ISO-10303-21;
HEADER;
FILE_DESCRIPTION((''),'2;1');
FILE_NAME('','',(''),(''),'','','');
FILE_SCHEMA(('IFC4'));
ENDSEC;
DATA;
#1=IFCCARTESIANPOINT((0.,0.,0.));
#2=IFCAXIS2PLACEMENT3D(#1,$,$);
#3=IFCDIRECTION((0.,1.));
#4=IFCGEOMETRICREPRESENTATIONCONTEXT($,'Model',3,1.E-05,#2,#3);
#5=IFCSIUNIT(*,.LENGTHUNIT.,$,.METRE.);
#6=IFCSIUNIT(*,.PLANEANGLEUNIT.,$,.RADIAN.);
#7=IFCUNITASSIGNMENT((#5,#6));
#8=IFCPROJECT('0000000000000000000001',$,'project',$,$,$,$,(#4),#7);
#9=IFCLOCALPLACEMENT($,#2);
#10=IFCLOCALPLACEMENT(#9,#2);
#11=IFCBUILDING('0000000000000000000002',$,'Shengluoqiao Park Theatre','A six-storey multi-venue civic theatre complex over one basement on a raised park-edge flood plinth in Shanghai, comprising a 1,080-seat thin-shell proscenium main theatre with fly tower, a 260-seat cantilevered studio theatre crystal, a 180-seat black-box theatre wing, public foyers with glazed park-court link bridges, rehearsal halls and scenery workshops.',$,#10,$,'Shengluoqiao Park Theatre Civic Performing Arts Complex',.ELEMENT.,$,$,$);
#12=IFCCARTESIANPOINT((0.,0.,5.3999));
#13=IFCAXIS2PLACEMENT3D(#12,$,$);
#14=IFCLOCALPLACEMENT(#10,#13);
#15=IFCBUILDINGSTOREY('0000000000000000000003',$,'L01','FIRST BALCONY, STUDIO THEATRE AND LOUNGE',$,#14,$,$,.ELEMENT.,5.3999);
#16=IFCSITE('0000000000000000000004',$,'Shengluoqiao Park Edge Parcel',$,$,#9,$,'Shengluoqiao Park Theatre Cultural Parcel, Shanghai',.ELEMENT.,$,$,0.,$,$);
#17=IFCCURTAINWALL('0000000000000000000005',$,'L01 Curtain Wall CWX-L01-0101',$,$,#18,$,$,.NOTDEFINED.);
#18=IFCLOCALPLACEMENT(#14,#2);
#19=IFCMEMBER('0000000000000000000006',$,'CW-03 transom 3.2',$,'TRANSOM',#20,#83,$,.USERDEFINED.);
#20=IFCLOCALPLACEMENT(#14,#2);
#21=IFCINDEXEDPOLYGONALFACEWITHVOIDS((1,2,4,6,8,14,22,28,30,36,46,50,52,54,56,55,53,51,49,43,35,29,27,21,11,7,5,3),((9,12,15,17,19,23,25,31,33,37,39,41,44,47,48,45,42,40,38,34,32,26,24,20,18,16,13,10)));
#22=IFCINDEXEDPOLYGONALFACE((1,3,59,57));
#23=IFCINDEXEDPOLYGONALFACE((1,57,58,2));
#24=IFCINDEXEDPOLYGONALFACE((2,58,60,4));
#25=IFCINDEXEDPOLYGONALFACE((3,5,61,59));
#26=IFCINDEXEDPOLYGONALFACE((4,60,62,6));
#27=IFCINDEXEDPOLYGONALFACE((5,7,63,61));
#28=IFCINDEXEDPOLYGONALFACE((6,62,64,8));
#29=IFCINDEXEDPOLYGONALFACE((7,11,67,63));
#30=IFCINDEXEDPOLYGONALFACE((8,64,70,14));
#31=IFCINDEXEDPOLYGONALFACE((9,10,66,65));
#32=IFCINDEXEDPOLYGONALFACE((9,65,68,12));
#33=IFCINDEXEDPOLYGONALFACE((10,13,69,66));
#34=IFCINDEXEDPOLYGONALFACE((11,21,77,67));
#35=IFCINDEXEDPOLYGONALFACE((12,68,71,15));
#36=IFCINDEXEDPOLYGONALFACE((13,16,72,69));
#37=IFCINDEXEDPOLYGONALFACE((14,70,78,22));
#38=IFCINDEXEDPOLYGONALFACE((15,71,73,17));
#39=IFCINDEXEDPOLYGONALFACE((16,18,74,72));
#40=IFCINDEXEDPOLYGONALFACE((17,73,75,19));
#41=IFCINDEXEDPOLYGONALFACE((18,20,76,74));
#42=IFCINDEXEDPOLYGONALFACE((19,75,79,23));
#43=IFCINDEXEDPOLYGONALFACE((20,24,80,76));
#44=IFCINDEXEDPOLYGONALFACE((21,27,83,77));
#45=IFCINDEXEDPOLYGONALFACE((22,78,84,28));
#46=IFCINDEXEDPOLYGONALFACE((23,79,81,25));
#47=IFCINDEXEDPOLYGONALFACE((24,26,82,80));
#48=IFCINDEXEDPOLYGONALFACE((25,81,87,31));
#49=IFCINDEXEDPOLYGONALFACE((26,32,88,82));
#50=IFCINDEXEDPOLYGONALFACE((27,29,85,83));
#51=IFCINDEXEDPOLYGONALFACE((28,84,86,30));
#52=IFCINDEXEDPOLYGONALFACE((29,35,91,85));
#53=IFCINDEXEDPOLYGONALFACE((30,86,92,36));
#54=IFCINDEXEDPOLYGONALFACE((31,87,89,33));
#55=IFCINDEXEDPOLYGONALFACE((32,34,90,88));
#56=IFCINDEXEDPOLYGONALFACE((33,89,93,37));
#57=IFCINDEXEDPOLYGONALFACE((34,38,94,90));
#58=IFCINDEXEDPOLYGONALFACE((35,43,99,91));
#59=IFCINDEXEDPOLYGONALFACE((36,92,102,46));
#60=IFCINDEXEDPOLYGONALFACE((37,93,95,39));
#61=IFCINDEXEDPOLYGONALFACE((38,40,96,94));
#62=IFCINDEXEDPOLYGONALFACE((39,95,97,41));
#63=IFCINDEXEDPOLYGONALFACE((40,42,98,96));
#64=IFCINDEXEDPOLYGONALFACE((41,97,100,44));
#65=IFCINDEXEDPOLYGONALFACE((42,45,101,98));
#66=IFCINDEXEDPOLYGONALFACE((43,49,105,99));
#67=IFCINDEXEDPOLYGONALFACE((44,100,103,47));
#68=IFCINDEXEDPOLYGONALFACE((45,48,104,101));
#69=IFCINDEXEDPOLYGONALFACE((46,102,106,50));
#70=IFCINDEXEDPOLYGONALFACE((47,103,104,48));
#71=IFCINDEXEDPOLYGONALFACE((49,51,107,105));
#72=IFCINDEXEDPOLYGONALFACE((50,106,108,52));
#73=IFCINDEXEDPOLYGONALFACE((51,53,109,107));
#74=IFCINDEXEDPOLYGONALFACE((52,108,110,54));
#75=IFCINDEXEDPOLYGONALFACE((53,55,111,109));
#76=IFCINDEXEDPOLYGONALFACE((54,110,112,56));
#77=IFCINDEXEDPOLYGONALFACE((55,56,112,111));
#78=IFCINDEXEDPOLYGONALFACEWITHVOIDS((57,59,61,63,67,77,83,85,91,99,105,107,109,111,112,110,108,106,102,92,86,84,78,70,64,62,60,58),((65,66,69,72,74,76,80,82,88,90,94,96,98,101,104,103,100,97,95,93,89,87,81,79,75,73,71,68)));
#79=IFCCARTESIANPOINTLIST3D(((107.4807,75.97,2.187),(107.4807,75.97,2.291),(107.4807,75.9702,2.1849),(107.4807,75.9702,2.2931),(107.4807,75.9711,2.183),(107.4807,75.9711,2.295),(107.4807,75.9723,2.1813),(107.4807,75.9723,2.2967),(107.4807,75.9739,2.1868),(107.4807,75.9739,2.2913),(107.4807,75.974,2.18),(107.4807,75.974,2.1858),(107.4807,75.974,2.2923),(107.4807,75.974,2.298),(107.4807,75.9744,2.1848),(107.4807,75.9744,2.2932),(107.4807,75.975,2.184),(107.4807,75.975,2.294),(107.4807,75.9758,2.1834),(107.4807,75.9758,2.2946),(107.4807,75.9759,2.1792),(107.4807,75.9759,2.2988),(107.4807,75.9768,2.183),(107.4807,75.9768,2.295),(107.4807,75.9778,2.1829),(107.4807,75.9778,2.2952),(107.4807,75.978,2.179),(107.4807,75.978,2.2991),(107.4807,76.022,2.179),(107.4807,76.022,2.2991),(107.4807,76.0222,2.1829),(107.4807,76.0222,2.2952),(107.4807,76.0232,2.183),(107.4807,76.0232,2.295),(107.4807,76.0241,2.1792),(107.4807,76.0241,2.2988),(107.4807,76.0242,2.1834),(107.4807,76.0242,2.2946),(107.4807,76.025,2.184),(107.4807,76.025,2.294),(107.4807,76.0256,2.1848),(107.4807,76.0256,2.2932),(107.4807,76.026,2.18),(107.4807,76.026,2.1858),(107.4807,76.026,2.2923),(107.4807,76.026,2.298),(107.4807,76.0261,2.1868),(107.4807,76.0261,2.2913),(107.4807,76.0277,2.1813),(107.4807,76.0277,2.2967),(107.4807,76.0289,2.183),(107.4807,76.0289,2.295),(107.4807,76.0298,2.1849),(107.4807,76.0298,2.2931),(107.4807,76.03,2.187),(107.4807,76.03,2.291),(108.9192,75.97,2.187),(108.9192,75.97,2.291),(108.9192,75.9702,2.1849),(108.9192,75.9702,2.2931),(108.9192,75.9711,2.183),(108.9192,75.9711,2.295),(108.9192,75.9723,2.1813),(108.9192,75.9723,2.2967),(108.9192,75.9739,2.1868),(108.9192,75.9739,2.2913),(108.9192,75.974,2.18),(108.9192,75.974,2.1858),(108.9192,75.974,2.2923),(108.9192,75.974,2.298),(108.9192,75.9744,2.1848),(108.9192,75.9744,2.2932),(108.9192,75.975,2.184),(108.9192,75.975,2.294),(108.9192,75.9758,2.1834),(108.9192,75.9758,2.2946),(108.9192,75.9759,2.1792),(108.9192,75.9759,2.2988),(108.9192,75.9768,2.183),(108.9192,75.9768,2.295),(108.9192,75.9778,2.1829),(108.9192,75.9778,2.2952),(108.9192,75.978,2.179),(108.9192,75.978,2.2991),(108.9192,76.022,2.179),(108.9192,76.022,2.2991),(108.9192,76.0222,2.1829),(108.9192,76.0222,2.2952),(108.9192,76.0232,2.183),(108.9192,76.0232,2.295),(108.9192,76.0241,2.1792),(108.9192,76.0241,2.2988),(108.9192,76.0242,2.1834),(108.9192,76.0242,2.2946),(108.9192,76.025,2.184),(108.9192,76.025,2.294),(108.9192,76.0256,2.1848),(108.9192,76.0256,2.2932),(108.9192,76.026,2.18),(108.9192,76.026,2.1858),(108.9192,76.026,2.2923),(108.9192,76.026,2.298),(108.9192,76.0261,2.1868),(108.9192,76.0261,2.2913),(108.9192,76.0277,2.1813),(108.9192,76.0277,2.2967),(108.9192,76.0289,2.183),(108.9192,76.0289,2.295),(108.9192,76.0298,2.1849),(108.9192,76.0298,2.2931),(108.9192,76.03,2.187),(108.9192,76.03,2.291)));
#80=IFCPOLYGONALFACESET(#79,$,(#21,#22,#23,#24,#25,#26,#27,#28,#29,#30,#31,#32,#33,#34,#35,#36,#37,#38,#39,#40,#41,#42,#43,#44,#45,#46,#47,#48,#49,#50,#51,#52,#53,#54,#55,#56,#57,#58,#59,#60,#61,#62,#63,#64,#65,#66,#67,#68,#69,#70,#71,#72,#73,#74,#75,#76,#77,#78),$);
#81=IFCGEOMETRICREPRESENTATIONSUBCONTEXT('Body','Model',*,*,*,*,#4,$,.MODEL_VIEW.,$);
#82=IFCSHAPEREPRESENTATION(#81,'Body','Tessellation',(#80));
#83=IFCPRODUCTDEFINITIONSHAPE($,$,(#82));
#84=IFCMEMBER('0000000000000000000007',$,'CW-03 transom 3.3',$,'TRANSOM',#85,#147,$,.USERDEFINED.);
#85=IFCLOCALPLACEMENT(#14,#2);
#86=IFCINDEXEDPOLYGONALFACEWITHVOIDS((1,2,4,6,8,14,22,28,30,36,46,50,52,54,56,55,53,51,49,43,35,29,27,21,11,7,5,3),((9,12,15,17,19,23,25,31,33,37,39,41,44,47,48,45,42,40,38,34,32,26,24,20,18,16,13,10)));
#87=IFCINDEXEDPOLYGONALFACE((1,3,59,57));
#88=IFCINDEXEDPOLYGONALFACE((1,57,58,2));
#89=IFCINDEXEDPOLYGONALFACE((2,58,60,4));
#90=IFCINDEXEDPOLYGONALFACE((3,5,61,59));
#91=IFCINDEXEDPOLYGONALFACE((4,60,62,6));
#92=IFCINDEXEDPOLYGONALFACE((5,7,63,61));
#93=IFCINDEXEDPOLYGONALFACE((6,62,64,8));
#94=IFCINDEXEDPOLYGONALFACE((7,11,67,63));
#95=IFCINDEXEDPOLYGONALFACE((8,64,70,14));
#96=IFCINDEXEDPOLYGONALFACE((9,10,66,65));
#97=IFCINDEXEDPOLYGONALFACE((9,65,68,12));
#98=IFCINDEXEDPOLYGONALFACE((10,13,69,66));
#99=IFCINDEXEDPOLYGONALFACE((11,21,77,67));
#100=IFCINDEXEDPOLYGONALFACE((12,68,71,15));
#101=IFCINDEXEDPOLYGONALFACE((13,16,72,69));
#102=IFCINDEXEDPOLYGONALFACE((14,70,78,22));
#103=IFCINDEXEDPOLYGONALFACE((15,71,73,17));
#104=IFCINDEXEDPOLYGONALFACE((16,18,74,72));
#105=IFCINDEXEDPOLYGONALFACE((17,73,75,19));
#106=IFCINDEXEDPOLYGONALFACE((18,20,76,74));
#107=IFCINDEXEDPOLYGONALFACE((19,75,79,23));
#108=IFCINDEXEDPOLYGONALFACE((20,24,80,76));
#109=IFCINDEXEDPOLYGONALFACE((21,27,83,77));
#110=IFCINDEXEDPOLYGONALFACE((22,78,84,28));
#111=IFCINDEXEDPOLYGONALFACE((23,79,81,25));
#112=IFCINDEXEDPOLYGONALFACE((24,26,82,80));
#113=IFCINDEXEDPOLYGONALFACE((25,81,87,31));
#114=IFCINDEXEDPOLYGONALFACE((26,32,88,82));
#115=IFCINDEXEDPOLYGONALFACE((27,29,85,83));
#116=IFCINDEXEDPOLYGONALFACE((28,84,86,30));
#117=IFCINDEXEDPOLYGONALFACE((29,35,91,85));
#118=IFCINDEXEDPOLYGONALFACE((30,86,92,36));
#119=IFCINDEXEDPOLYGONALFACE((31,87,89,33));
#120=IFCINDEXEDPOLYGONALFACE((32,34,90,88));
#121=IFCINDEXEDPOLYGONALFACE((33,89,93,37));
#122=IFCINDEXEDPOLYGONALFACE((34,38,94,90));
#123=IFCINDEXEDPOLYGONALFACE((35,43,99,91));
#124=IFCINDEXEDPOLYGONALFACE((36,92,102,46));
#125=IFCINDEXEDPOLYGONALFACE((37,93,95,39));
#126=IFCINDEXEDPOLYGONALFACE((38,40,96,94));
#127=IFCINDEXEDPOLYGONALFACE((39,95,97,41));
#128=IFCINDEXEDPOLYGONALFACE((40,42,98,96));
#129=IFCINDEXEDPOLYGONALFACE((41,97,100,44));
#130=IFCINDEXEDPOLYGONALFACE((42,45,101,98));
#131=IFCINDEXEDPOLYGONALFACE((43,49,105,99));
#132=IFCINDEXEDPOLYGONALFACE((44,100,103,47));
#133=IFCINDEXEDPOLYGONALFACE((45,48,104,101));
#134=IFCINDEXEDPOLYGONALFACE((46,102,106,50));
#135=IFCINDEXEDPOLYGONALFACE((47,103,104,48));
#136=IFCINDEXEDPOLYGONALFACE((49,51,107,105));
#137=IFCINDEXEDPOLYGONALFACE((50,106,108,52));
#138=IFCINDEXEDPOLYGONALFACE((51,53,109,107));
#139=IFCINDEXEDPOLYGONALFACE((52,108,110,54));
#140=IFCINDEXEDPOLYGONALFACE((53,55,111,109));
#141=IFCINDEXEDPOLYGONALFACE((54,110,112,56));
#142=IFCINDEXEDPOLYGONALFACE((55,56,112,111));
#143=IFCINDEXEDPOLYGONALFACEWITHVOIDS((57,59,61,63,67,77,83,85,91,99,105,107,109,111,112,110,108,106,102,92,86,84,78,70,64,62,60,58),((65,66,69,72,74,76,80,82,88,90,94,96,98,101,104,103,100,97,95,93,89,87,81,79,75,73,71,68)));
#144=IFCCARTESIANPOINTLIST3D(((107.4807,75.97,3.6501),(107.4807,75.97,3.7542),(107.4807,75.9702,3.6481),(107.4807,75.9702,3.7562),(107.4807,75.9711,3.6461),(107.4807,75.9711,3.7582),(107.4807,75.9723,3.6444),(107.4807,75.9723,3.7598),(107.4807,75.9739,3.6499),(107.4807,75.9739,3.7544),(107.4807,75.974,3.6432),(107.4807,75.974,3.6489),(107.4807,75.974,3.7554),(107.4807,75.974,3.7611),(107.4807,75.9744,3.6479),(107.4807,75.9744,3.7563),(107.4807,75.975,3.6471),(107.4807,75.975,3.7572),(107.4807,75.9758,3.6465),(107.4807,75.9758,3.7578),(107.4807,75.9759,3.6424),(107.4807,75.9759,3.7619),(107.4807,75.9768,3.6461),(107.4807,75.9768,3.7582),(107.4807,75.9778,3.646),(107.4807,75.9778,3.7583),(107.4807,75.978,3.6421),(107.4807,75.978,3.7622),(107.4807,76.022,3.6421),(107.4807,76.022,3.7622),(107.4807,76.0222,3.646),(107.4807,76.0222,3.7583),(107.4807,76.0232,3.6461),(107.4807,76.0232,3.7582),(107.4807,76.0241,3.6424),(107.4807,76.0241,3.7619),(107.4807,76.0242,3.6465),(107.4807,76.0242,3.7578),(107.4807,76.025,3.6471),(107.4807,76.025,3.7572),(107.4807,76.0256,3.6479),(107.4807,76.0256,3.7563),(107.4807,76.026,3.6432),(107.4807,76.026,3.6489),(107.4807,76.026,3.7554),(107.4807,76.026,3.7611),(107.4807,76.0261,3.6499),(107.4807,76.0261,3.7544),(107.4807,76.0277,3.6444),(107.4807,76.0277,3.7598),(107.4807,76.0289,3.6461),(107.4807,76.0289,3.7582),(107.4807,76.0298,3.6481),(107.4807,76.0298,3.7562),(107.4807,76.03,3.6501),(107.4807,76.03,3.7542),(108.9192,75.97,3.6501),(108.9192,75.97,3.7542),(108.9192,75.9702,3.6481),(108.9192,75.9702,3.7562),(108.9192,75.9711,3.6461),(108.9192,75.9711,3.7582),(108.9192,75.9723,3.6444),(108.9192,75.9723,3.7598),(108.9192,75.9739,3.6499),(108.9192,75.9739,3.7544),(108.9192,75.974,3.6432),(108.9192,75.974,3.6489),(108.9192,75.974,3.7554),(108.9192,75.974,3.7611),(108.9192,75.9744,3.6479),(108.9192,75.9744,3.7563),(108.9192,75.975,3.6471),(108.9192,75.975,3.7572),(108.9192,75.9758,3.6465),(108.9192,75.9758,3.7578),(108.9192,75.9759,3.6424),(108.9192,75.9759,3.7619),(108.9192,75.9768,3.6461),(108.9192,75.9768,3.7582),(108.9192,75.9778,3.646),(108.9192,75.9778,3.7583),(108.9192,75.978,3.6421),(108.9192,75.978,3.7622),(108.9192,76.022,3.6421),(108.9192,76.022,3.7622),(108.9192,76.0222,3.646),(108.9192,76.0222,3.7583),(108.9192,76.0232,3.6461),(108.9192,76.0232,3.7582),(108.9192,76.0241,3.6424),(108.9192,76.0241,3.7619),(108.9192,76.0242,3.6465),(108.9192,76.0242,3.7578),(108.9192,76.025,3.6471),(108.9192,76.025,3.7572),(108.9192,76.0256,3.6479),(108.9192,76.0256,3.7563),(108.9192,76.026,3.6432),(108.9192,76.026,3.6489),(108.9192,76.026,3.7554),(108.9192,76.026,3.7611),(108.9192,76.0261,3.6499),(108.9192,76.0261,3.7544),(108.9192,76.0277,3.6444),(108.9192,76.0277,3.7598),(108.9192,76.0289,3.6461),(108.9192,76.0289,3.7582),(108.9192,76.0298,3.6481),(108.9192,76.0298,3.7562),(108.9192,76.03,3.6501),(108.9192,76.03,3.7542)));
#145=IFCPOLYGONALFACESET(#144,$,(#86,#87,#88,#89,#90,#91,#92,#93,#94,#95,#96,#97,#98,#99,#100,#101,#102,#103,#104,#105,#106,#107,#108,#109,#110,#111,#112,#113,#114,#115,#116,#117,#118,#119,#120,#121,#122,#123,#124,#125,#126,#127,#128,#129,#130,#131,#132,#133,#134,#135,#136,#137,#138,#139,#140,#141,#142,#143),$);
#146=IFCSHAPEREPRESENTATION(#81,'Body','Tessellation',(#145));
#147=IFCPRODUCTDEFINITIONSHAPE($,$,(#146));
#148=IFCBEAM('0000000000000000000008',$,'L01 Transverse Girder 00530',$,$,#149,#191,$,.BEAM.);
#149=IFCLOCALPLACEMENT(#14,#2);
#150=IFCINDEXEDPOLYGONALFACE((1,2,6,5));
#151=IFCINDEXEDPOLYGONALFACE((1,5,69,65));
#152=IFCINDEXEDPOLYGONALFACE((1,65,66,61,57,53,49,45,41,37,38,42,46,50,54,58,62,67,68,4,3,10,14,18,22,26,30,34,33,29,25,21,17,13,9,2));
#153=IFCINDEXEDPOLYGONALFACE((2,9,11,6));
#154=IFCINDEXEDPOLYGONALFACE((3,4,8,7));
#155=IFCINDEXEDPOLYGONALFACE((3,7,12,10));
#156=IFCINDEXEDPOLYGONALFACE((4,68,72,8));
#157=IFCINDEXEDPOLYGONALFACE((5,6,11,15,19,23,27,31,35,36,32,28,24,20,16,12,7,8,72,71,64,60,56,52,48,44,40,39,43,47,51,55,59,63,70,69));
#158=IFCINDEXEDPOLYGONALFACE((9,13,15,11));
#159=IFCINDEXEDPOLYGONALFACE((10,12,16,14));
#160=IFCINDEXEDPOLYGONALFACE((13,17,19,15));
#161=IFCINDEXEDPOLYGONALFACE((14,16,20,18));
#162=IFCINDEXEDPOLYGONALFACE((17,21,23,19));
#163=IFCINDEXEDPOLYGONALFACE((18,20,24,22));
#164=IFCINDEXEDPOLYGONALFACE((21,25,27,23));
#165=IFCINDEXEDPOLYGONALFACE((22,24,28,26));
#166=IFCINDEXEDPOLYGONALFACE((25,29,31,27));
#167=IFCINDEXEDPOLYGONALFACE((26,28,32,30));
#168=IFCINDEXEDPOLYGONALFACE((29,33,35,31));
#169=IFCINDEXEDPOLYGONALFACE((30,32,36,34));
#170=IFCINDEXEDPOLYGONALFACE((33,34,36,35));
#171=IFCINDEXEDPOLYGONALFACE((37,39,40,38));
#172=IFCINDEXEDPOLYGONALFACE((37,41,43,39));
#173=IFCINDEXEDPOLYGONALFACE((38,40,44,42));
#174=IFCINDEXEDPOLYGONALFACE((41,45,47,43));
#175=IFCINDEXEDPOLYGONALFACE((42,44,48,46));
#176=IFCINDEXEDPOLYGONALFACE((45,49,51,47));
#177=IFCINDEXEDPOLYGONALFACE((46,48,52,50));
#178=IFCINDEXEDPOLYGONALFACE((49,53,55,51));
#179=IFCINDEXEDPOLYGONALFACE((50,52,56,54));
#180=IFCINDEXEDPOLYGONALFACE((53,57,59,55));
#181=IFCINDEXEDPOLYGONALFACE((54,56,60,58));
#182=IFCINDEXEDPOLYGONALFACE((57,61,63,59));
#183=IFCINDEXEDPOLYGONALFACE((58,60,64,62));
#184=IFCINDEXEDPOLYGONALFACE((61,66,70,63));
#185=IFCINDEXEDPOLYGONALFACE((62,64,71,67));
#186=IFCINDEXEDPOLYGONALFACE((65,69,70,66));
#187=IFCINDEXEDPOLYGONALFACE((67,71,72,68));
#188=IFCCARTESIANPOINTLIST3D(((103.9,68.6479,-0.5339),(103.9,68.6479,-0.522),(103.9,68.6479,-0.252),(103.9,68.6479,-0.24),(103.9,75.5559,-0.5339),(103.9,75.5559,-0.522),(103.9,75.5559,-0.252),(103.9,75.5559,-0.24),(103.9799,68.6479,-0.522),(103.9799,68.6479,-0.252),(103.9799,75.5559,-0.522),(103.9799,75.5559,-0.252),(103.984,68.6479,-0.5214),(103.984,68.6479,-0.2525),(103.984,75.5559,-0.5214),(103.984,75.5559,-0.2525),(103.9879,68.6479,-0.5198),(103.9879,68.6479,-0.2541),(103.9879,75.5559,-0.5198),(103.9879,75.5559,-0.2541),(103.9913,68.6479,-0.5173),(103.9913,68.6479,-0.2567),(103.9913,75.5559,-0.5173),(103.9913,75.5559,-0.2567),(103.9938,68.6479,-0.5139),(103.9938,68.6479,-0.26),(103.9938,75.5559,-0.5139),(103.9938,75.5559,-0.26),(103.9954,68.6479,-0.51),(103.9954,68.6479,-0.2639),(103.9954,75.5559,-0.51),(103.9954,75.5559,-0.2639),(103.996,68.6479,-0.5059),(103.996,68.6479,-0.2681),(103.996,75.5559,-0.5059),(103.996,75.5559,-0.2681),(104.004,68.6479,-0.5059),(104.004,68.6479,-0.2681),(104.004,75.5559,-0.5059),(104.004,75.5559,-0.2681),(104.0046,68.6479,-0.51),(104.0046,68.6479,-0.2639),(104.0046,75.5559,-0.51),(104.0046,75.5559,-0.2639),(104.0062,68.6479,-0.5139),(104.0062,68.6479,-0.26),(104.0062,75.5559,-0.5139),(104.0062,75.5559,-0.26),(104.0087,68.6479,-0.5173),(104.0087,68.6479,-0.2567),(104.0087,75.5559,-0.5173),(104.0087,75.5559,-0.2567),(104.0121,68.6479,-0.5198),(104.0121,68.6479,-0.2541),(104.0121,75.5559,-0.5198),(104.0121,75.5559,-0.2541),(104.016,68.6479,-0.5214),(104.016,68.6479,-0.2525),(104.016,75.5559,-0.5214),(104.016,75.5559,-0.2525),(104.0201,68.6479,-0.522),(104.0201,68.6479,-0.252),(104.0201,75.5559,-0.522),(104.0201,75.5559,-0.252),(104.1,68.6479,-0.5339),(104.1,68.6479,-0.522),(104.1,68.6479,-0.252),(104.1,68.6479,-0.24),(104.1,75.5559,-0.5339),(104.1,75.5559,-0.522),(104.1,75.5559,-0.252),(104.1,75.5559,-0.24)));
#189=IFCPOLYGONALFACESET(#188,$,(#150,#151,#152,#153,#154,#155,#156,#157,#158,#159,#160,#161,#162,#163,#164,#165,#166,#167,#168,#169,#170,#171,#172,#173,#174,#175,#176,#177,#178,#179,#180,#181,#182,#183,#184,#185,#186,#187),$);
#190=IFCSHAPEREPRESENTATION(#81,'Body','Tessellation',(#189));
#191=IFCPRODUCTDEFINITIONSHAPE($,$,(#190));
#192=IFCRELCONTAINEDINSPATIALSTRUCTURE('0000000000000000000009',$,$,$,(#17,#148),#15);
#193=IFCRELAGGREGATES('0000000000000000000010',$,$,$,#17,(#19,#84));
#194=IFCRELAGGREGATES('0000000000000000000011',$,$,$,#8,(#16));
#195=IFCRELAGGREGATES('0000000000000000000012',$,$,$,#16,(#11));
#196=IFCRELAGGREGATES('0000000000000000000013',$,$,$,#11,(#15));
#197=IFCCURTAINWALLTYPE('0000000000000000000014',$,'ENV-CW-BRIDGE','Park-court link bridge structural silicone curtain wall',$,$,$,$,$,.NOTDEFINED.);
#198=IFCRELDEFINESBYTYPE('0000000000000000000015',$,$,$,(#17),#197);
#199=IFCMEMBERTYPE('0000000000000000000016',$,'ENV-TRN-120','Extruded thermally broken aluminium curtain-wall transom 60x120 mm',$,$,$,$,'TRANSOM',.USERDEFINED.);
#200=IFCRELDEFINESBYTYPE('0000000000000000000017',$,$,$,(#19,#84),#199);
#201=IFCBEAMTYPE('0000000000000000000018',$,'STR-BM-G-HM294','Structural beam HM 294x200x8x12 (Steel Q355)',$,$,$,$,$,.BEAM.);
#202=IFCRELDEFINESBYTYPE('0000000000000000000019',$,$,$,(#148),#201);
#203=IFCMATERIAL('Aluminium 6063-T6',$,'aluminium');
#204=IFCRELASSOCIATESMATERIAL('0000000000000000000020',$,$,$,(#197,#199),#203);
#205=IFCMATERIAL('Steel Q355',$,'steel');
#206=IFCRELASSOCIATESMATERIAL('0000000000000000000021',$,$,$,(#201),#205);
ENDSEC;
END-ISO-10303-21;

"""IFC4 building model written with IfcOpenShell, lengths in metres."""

from ifc_helpers import new_model, si_unit, direction, frame, origin, origin_2d, place, context, subcontext, project, spatial, hollow_rectangle, i_section, extrude, material, material_profile, profile_set, type_object, element, aggregate, save


model = new_model("IFC4")

# Units and contexts
model_context = context("Model", 3, precision=1e-05, world=origin(), true_north=direction((0.0, 1.0)))
body_context = subcontext(model_context, "Body", "Model", "MODEL_VIEW")
ifc_project = project(units=[si_unit("LENGTHUNIT", "METRE"), si_unit("PLANEANGLEUNIT", "RADIAN")], contexts=[model_context])

# Site, building, storey
site_placement = place(None, origin())
site = spatial("IfcSite", under=ifc_project, at=site_placement, Name="Shengluoqiao Park Edge Parcel", LongName="Shengluoqiao Park Theatre Cultural Parcel, Shanghai", CompositionType="ELEMENT", RefElevation=0.0)
building_placement = place(site_placement, origin())
building = spatial("IfcBuilding", under=site, at=building_placement, Name="Shengluoqiao Park Theatre", Description="A six-storey multi-venue civic theatre complex over one basement on a raised park-edge flood plinth in Shanghai, comprising a 1,080-seat thin-shell proscenium main theatre with fly tower, a 260-seat cantilevered studio theatre crystal, a 180-seat black-box theatre wing, public foyers with glazed park-court link bridges, rehearsal halls and scenery workshops.", LongName="Shengluoqiao Park Theatre Civic Performing Arts Complex", CompositionType="ELEMENT")
storey_placement = place(building_placement, frame((0.0, 0.0, 5.3999)))
storey = spatial("IfcBuildingStorey", under=building, at=storey_placement, Name="L01", Description="FIRST BALCONY, STUDIO THEATRE AND LOUNGE", CompositionType="ELEMENT", Elevation=5.3999)

# Curtain wall
ifc_material_1 = material(Name="Aluminium 6063-T6", Category="aluminium")
curtain_wall_type = type_object("IfcCurtainWallType", Name="ENV-CW-BRIDGE", Description="Park-court link bridge structural silicone curtain wall", PredefinedType="NOTDEFINED", material=ifc_material_1)
curtain_wall_1_placement = place(storey_placement, origin())
curtain_wall_1 = element("IfcCurtainWall", 1, at=curtain_wall_1_placement, inside=storey, type_object=curtain_wall_type, Name="L01 Curtain Wall CWX-L01-0101", PredefinedType="NOTDEFINED")

# Members
ifc_material_profile_1 = material_profile(ifc_material_1, hollow_rectangle(XDim=0.0601, YDim=0.1201, WallThickness=0.0039, InnerFilletRadius=0.0039, OuterFilletRadius=0.0081, at=origin_2d()), Name="ALU TRANSOM 120x60x4")
ifc_profile_set_1 = profile_set([ifc_material_profile_1], Name="Aluminium 6063-T6")
member_type_1 = type_object("IfcMemberType", Name="ENV-TRN-120", Description="Extruded thermally broken aluminium curtain-wall transom 60x120 mm", ElementType="TRANSOM", PredefinedType="USERDEFINED", material=ifc_profile_set_1)
member_1_placement = place(storey_placement, frame((107.4807, 76.0, 2.239), z_axis=(1.0, 0.0, 0.0), x_axis=(0.0, 1.0, 0.0)))
member_1 = element("IfcMember", 2, at=member_1_placement, type_object=member_type_1, Name="CW-03 transom 3.2", ObjectType="TRANSOM", PredefinedType="USERDEFINED", context=body_context, shape_type="SweptSolid", body=[
    extrude(hollow_rectangle(XDim=0.0601, YDim=0.1201, WallThickness=0.0039, InnerFilletRadius=0.0039, OuterFilletRadius=0.0081, at=origin_2d()), origin(), (0.0, 0.0, 1.0), 1.4385),
])
member_2_placement = place(storey_placement, frame((107.4807, 76.0, 3.7021), z_axis=(1.0, 0.0, 0.0), x_axis=(0.0, 1.0, 0.0)))
member_2 = element("IfcMember", 3, at=member_2_placement, type_object=member_type_1, Name="CW-03 transom 3.3", ObjectType="TRANSOM", PredefinedType="USERDEFINED", context=body_context, shape_type="SweptSolid", body=[
    extrude(hollow_rectangle(XDim=0.0601, YDim=0.1201, WallThickness=0.0039, InnerFilletRadius=0.0039, OuterFilletRadius=0.0081, at=origin_2d()), origin(), (0.0, 0.0, 1.0), 1.4385),
])

# Beam
ifc_material_2 = material(Name="Steel Q355", Category="steel")
ifc_material_profile_2 = material_profile(ifc_material_2, i_section(OverallWidth=0.2, OverallDepth=0.2939, WebThickness=0.0081, FlangeThickness=0.012, FilletRadius=0.0161, at=origin_2d()), Name="HM 294x200x8x12")
ifc_profile_set_2 = profile_set([ifc_material_profile_2], Name="Steel Q355")
beam_type_1 = type_object("IfcBeamType", Name="STR-BM-G-HM294", Description="Structural beam HM 294x200x8x12 (Steel Q355)", PredefinedType="BEAM", material=ifc_profile_set_2)
beam_1_placement = place(storey_placement, frame((104.0, 68.6479, -0.387), z_axis=(0.0, 1.0, 0.0), x_axis=(-1.0, 0.0, 0.0)))
element("IfcBeam", 4, at=beam_1_placement, inside=storey, type_object=beam_type_1, Name="L01 Transverse Girder 00530", PredefinedType="BEAM", context=body_context, shape_type="SweptSolid", body=[
    extrude(i_section(OverallWidth=0.2, OverallDepth=0.2939, WebThickness=0.0081, FlangeThickness=0.012, FilletRadius=0.0161, at=origin_2d()), origin(), (0.0, 0.0, 1.0), 6.908),
])

aggregate(curtain_wall_1, [member_1, member_2])

save(model, "model.ifc")
